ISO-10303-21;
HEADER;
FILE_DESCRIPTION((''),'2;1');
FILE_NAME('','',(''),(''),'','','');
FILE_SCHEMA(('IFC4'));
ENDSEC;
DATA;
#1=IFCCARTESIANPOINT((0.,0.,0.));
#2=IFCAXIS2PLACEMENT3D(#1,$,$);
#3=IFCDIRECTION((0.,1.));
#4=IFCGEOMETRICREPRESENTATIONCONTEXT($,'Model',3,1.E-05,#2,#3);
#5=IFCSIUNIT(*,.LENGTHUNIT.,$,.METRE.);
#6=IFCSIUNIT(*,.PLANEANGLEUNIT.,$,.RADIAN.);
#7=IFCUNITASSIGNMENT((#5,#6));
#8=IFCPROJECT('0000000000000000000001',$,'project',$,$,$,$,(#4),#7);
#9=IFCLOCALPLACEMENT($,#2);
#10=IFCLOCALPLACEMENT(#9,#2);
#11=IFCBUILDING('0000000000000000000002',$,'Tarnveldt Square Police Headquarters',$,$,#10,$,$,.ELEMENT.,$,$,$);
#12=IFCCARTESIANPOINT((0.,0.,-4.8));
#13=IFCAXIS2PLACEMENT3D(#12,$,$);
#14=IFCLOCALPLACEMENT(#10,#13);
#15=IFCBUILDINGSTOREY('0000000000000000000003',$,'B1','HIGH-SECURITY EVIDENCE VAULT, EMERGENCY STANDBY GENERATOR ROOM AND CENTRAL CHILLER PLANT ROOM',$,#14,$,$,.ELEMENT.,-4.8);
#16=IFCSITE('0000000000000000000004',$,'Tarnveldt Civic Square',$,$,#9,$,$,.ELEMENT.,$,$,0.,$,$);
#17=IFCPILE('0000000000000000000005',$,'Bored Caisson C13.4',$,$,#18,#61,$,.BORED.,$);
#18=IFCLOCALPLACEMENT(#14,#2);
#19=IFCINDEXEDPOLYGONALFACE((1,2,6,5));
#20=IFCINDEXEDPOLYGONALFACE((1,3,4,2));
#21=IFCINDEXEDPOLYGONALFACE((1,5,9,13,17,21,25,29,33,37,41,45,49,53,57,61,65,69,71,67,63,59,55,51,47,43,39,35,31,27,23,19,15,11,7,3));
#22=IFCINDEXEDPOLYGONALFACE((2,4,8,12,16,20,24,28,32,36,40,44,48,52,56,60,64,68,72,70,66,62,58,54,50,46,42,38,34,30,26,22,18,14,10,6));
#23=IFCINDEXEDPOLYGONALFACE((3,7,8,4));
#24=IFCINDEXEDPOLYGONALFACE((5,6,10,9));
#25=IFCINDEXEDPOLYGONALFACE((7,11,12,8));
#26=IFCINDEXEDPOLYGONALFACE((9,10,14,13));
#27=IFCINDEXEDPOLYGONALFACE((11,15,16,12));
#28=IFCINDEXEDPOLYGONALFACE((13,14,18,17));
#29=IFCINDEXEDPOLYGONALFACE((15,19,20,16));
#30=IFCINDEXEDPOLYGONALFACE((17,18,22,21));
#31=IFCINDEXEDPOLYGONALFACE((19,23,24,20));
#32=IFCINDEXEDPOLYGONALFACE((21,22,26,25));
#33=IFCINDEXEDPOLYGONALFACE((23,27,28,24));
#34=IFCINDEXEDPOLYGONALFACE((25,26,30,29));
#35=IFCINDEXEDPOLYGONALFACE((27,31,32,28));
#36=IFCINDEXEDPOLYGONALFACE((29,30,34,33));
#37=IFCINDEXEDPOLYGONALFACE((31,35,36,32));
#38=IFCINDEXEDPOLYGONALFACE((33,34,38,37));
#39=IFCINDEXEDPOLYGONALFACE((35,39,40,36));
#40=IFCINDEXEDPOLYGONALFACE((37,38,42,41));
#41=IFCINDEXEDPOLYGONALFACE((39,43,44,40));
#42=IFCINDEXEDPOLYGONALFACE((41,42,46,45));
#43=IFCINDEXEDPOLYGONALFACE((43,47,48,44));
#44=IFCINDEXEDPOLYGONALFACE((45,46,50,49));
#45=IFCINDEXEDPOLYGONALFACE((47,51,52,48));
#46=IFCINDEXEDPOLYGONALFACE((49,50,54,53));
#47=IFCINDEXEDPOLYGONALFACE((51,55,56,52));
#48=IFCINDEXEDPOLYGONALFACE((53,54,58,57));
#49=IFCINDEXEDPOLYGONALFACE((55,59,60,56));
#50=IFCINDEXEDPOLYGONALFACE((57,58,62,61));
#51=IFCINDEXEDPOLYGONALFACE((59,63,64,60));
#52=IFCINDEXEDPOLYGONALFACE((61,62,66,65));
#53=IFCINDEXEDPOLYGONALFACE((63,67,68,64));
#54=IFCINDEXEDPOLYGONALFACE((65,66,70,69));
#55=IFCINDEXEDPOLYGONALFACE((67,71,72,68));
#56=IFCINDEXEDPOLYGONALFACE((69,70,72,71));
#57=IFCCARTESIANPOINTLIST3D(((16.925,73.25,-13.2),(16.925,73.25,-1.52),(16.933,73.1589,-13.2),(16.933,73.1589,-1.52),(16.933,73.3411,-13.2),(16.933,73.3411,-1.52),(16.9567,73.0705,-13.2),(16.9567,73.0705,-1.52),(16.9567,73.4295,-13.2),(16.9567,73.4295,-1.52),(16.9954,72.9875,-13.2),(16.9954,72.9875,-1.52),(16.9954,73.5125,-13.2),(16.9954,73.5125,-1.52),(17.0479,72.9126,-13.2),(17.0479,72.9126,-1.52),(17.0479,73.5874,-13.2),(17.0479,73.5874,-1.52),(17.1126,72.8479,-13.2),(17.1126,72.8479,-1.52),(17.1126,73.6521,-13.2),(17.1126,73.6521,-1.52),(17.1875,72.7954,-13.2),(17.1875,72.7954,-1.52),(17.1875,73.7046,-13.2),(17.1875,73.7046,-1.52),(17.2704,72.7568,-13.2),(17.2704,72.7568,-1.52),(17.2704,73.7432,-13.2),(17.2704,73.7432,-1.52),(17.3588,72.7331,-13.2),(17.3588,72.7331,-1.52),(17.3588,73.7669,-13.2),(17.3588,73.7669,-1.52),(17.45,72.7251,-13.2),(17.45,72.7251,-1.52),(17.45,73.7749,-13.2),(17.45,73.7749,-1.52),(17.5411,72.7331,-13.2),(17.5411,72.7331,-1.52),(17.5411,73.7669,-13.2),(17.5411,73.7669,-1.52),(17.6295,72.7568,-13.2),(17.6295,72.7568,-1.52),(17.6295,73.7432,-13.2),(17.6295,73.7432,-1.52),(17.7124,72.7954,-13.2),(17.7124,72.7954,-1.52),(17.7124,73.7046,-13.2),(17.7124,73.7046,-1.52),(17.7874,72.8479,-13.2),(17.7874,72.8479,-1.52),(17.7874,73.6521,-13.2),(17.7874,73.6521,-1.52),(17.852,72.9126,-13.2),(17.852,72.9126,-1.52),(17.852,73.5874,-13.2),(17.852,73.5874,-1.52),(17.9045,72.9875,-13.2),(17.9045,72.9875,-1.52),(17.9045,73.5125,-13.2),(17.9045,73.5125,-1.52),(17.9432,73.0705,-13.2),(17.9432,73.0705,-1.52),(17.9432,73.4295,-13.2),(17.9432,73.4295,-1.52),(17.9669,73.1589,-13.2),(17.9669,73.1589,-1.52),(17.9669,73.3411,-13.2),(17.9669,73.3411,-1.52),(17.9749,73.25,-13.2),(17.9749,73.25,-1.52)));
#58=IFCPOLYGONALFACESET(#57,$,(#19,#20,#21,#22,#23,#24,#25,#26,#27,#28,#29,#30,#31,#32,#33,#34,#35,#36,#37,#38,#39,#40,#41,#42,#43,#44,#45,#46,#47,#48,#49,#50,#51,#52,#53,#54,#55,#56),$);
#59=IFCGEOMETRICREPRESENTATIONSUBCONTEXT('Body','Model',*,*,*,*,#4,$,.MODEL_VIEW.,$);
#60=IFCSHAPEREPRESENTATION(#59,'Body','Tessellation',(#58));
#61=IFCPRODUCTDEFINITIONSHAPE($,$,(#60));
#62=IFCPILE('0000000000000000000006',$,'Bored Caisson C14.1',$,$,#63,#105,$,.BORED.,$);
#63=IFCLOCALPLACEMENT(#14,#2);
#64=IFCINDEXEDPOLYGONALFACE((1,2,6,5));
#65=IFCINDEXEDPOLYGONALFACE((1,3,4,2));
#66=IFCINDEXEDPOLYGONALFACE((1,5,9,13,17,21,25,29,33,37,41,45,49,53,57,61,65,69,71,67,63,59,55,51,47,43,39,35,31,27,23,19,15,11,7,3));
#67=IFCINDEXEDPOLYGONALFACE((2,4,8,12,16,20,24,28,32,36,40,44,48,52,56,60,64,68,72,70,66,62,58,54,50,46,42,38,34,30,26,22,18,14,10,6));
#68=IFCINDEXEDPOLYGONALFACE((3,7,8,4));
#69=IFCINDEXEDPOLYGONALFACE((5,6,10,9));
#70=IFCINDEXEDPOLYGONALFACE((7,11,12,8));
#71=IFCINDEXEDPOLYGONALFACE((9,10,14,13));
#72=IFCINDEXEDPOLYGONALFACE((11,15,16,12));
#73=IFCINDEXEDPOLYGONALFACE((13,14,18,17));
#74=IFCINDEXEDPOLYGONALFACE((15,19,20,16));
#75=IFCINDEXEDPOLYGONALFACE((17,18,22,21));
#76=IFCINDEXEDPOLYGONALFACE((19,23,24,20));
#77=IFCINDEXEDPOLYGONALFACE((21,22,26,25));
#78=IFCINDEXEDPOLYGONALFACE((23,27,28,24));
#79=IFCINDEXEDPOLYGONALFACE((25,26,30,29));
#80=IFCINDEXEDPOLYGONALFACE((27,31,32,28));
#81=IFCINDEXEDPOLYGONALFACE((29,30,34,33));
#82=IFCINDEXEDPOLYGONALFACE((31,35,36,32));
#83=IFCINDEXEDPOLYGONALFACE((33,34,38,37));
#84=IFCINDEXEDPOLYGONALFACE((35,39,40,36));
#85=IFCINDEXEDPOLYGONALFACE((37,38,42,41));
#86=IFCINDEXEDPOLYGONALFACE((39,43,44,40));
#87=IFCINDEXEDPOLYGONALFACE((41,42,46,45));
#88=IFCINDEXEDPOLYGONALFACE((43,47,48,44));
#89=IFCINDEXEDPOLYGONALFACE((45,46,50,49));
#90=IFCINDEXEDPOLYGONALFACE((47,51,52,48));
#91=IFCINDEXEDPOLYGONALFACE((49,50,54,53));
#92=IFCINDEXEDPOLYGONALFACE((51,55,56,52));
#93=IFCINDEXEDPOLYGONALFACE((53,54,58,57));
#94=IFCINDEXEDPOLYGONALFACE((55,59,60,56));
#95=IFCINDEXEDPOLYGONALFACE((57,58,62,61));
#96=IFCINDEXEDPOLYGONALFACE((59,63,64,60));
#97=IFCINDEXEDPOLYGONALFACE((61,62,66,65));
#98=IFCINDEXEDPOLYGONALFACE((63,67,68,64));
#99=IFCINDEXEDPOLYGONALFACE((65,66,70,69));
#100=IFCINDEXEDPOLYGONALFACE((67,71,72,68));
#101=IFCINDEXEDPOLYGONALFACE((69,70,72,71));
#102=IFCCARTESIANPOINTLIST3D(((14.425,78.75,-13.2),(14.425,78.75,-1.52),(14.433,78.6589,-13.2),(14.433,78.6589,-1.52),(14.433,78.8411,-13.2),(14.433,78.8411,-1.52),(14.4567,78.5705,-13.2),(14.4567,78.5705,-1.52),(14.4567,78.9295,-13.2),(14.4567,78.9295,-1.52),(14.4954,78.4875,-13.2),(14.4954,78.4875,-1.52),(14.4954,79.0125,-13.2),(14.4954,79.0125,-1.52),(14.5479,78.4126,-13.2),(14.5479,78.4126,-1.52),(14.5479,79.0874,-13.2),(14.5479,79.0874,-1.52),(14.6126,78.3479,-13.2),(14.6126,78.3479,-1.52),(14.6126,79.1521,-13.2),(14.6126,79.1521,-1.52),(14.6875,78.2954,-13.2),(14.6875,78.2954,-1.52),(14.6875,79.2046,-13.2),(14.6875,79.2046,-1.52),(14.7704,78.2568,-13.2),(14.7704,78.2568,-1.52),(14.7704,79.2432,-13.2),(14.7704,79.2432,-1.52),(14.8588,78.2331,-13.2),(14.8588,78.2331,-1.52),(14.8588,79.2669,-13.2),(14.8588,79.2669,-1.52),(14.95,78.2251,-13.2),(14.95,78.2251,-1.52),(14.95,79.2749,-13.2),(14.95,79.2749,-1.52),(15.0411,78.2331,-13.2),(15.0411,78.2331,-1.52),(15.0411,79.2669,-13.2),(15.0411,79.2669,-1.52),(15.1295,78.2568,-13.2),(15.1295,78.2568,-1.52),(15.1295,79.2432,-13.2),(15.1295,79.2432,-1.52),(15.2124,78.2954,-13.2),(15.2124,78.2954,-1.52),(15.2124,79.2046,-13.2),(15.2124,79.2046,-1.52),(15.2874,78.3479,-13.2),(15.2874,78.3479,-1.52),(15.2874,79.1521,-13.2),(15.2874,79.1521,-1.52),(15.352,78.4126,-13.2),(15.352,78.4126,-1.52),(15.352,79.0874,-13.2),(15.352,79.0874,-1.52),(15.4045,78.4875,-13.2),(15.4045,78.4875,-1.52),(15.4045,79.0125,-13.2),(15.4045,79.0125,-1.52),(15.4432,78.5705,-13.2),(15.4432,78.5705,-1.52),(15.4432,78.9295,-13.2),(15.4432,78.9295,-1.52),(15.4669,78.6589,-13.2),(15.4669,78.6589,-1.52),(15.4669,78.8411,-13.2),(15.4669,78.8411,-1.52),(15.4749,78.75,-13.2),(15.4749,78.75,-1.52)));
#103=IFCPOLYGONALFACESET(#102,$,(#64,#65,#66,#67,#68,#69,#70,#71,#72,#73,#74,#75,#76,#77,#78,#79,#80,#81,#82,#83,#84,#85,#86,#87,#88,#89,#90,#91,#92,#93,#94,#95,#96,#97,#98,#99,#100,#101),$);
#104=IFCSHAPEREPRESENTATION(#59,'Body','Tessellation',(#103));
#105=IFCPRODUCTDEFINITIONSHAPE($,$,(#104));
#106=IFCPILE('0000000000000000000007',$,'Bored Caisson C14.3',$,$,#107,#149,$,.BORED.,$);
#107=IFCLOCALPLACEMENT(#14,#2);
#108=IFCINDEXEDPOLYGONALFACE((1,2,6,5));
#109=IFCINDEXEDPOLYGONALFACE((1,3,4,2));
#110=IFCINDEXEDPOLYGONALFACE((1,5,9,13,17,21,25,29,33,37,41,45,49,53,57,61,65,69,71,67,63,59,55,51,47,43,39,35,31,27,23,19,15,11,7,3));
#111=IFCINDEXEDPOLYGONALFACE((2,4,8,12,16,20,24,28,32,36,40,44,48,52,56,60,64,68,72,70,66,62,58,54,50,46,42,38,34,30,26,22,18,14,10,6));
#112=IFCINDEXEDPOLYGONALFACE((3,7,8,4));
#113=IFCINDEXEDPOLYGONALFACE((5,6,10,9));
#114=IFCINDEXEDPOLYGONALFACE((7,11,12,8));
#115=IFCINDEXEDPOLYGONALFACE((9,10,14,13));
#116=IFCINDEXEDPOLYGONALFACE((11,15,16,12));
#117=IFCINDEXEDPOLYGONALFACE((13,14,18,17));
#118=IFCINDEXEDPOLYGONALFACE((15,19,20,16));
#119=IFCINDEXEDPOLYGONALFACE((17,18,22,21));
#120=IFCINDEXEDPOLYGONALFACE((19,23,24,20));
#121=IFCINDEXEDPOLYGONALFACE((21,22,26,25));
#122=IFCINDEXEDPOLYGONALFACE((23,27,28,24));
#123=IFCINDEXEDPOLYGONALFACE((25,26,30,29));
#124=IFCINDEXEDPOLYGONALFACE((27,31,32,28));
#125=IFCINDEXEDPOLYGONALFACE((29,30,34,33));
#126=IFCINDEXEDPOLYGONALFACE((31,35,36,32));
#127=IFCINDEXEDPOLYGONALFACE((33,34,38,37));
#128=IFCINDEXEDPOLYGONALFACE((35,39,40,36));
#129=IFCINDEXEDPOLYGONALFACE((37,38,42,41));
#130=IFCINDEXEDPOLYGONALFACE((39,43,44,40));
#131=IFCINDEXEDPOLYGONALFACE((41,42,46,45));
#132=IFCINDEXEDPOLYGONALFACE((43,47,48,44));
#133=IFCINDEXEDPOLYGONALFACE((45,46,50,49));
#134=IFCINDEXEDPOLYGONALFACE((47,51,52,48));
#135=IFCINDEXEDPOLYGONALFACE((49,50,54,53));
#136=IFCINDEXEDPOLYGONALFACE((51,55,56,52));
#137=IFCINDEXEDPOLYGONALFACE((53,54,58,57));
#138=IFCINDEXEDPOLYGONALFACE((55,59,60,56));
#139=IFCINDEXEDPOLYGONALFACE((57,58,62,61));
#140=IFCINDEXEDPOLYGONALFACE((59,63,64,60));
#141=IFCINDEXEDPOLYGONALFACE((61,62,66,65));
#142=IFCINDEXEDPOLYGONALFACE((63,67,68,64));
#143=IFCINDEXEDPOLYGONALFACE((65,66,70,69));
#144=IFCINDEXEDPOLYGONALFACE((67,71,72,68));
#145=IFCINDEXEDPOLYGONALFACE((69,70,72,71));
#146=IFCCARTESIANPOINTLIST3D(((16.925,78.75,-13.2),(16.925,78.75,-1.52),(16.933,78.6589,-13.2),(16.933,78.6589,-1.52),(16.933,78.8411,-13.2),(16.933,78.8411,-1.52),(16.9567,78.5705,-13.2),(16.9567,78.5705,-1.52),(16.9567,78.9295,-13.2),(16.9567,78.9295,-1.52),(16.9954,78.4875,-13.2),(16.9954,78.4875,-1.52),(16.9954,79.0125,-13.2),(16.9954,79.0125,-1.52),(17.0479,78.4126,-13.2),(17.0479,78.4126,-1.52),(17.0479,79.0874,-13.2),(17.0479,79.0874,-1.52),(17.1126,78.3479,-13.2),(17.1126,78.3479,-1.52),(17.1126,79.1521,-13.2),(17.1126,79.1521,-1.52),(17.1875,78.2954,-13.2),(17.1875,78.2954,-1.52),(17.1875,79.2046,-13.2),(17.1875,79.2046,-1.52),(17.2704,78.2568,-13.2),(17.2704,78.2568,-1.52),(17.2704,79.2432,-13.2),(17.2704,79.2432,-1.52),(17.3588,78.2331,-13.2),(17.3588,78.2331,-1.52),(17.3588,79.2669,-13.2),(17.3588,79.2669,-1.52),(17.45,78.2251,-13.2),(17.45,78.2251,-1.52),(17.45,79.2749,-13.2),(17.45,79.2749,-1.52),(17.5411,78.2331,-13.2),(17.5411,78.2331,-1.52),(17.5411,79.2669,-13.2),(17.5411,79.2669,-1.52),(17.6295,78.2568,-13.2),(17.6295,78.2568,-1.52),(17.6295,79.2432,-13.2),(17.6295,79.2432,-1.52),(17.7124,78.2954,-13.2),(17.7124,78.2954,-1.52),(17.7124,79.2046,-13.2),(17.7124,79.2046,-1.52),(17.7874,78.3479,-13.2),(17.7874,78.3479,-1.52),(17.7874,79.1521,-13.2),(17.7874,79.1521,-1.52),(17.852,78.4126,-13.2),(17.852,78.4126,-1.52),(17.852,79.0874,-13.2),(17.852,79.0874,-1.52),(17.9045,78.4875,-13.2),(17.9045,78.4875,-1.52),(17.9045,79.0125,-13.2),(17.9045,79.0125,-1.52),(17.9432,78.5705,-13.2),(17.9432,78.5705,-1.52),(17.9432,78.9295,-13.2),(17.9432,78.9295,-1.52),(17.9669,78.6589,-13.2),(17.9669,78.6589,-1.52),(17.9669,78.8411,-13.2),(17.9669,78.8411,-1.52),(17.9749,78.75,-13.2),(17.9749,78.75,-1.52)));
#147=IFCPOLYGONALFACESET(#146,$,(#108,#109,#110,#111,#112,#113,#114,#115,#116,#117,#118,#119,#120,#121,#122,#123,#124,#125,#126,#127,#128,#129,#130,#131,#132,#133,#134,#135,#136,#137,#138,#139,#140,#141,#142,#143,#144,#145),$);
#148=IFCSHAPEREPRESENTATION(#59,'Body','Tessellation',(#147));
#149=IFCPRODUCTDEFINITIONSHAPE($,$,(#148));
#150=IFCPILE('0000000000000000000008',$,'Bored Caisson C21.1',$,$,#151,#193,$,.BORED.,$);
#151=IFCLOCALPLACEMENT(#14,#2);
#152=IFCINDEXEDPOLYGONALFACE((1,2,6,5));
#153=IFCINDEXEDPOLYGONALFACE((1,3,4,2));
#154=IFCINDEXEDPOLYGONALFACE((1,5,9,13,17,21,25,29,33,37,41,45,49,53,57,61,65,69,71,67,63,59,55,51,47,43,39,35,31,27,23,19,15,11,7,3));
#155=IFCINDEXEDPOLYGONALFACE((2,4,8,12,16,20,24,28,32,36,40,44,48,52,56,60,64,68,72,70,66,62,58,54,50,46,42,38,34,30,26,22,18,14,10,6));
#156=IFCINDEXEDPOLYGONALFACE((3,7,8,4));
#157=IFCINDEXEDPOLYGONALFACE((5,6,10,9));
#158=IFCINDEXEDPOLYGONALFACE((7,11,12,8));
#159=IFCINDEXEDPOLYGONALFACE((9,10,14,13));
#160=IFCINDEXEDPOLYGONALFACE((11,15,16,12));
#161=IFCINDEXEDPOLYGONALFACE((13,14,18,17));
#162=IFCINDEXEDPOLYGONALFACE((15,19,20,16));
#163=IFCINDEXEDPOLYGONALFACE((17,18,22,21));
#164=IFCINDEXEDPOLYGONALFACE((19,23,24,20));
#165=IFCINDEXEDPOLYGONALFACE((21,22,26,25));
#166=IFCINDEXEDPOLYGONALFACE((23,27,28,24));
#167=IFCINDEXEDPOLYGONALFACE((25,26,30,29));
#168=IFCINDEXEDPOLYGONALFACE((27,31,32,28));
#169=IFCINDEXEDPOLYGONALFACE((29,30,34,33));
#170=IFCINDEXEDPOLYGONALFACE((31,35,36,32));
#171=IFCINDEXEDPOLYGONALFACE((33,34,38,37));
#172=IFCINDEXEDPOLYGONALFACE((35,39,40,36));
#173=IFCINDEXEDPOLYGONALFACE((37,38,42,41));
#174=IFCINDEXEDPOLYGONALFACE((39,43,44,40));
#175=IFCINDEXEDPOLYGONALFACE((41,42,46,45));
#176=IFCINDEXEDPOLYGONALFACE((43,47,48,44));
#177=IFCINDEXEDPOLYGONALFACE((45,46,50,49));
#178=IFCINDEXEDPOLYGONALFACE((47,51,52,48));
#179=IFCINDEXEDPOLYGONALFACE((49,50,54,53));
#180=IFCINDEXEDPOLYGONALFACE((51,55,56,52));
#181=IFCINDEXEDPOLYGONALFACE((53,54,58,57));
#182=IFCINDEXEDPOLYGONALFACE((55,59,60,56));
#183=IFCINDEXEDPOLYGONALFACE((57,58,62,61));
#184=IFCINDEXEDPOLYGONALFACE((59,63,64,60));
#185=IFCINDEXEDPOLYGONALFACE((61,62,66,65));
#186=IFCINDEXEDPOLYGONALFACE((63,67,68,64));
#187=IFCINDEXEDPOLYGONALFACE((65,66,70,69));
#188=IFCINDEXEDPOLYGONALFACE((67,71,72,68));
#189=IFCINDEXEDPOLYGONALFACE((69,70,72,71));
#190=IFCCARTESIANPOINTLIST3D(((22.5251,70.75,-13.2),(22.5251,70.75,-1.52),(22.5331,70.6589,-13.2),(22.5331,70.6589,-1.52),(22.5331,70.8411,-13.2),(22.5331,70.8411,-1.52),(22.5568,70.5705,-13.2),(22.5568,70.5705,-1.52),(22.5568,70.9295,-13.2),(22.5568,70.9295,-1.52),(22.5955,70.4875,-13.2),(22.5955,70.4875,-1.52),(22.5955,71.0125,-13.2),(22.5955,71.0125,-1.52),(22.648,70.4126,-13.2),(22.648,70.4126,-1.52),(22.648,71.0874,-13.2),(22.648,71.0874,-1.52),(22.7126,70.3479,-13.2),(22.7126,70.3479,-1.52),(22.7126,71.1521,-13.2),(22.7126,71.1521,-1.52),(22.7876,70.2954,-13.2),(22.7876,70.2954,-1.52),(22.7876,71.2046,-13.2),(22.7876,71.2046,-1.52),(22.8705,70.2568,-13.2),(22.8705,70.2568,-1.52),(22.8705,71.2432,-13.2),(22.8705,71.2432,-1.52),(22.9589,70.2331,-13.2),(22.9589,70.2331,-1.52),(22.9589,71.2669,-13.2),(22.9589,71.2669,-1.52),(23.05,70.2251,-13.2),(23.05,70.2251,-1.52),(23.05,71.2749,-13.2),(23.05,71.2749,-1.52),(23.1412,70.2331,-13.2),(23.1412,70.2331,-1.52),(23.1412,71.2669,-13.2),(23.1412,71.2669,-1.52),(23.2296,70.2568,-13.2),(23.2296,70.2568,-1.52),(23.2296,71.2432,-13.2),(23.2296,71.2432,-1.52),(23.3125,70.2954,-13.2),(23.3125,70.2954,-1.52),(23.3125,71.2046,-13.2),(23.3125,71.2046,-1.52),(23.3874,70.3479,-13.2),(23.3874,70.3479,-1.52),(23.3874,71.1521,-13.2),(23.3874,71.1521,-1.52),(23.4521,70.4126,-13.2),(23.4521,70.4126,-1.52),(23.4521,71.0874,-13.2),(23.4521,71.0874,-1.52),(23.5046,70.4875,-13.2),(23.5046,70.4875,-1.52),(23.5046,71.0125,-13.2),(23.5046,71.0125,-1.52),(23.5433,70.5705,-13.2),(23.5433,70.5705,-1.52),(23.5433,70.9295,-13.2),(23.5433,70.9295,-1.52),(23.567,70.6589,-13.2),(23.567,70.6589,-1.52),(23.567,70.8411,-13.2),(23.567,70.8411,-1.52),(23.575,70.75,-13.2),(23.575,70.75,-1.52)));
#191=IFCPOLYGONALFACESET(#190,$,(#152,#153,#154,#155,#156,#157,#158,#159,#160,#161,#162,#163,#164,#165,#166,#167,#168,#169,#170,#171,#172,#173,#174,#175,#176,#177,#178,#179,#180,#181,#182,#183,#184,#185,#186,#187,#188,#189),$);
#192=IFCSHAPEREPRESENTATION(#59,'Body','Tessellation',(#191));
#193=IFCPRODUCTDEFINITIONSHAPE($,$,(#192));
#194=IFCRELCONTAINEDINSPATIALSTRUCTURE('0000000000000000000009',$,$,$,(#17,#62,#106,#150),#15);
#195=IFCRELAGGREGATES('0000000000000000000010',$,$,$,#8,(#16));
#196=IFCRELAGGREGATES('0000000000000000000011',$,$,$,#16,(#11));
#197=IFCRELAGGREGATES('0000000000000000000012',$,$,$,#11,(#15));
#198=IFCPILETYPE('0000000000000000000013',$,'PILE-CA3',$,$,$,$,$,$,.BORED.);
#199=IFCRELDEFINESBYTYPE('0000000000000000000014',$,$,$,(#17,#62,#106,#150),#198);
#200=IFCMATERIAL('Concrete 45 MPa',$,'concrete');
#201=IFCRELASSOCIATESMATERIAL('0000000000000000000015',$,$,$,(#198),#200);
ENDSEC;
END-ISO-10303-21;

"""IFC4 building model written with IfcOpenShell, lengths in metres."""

from ifc_helpers import new_model, si_unit, direction, frame, origin, origin_2d, place, context, subcontext, project, spatial, circle, extrude, material, material_profile, profile_set, type_object, element, save


model = new_model("IFC4")

# Units and contexts
model_context = context("Model", 3, precision=1e-05, world=origin(), true_north=direction((0.0, 1.0)))
body_context = subcontext(model_context, "Body", "Model", "MODEL_VIEW")
ifc_project = project(units=[si_unit("LENGTHUNIT", "METRE"), si_unit("PLANEANGLEUNIT", "RADIAN")], contexts=[model_context])

# Site, building, storey
site_placement = place(None, origin())
site = spatial("IfcSite", under=ifc_project, at=site_placement, Name="Tarnveldt Civic Square", CompositionType="ELEMENT", RefElevation=0.0)
building_placement = place(site_placement, origin())
building = spatial("IfcBuilding", under=site, at=building_placement, Name="Tarnveldt Square Police Headquarters", CompositionType="ELEMENT")
storey_placement = place(building_placement, frame((0.0, 0.0, -4.8)))
storey = spatial("IfcBuildingStorey", under=building, at=storey_placement, Name="B1", Description="HIGH-SECURITY EVIDENCE VAULT, EMERGENCY STANDBY GENERATOR ROOM AND CENTRAL CHILLER PLANT ROOM", CompositionType="ELEMENT", Elevation=-4.8)

# Shared definitions
ifc_material_1 = material(Name="Concrete 45 MPa", Category="concrete")

# Piles
ifc_material_profile_1 = material_profile(ifc_material_1, circle(Radius=0.5249, at=origin_2d()), Name="CAISSON-D1050")
ifc_profile_set_1 = profile_set([ifc_material_profile_1], Name="Concrete 45 MPa")
pile_type = type_object("IfcPileType", Name="PILE-CA3", PredefinedType="BORED", material=ifc_profile_set_1)
for number, where, z_axis, x_axis, name in (
    (1, (17.45, 73.25, -1.52), (0.0, 0.0, -1.0), (1.0, 0.0, 0.0), "Bored Caisson C13.4"),
    (2, (14.95, 78.75, -1.52), (0.0, 0.0, -1.0), (1.0, 0.0, 0.0), "Bored Caisson C14.1"),
    (3, (17.45, 78.75, -1.52), (0.0, 0.0, -1.0), (1.0, 0.0, 0.0), "Bored Caisson C14.3"),
    (4, (23.05, 70.75, -1.52), (0.0, 0.0, -1.0), (1.0, 0.0, 0.0), "Bored Caisson C21.1"),
):
    element("IfcPile", number, at=place(storey_placement, frame(where, z_axis=z_axis, x_axis=x_axis)), inside=storey, type_object=pile_type, Name=name, PredefinedType="BORED", context=body_context, shape_type="SweptSolid", body=[
        extrude(circle(Radius=0.5249, at=origin_2d()), origin(), (0.0, 0.0, 1.0), 11.6799),
    ])

save(model, "model.ifc")
